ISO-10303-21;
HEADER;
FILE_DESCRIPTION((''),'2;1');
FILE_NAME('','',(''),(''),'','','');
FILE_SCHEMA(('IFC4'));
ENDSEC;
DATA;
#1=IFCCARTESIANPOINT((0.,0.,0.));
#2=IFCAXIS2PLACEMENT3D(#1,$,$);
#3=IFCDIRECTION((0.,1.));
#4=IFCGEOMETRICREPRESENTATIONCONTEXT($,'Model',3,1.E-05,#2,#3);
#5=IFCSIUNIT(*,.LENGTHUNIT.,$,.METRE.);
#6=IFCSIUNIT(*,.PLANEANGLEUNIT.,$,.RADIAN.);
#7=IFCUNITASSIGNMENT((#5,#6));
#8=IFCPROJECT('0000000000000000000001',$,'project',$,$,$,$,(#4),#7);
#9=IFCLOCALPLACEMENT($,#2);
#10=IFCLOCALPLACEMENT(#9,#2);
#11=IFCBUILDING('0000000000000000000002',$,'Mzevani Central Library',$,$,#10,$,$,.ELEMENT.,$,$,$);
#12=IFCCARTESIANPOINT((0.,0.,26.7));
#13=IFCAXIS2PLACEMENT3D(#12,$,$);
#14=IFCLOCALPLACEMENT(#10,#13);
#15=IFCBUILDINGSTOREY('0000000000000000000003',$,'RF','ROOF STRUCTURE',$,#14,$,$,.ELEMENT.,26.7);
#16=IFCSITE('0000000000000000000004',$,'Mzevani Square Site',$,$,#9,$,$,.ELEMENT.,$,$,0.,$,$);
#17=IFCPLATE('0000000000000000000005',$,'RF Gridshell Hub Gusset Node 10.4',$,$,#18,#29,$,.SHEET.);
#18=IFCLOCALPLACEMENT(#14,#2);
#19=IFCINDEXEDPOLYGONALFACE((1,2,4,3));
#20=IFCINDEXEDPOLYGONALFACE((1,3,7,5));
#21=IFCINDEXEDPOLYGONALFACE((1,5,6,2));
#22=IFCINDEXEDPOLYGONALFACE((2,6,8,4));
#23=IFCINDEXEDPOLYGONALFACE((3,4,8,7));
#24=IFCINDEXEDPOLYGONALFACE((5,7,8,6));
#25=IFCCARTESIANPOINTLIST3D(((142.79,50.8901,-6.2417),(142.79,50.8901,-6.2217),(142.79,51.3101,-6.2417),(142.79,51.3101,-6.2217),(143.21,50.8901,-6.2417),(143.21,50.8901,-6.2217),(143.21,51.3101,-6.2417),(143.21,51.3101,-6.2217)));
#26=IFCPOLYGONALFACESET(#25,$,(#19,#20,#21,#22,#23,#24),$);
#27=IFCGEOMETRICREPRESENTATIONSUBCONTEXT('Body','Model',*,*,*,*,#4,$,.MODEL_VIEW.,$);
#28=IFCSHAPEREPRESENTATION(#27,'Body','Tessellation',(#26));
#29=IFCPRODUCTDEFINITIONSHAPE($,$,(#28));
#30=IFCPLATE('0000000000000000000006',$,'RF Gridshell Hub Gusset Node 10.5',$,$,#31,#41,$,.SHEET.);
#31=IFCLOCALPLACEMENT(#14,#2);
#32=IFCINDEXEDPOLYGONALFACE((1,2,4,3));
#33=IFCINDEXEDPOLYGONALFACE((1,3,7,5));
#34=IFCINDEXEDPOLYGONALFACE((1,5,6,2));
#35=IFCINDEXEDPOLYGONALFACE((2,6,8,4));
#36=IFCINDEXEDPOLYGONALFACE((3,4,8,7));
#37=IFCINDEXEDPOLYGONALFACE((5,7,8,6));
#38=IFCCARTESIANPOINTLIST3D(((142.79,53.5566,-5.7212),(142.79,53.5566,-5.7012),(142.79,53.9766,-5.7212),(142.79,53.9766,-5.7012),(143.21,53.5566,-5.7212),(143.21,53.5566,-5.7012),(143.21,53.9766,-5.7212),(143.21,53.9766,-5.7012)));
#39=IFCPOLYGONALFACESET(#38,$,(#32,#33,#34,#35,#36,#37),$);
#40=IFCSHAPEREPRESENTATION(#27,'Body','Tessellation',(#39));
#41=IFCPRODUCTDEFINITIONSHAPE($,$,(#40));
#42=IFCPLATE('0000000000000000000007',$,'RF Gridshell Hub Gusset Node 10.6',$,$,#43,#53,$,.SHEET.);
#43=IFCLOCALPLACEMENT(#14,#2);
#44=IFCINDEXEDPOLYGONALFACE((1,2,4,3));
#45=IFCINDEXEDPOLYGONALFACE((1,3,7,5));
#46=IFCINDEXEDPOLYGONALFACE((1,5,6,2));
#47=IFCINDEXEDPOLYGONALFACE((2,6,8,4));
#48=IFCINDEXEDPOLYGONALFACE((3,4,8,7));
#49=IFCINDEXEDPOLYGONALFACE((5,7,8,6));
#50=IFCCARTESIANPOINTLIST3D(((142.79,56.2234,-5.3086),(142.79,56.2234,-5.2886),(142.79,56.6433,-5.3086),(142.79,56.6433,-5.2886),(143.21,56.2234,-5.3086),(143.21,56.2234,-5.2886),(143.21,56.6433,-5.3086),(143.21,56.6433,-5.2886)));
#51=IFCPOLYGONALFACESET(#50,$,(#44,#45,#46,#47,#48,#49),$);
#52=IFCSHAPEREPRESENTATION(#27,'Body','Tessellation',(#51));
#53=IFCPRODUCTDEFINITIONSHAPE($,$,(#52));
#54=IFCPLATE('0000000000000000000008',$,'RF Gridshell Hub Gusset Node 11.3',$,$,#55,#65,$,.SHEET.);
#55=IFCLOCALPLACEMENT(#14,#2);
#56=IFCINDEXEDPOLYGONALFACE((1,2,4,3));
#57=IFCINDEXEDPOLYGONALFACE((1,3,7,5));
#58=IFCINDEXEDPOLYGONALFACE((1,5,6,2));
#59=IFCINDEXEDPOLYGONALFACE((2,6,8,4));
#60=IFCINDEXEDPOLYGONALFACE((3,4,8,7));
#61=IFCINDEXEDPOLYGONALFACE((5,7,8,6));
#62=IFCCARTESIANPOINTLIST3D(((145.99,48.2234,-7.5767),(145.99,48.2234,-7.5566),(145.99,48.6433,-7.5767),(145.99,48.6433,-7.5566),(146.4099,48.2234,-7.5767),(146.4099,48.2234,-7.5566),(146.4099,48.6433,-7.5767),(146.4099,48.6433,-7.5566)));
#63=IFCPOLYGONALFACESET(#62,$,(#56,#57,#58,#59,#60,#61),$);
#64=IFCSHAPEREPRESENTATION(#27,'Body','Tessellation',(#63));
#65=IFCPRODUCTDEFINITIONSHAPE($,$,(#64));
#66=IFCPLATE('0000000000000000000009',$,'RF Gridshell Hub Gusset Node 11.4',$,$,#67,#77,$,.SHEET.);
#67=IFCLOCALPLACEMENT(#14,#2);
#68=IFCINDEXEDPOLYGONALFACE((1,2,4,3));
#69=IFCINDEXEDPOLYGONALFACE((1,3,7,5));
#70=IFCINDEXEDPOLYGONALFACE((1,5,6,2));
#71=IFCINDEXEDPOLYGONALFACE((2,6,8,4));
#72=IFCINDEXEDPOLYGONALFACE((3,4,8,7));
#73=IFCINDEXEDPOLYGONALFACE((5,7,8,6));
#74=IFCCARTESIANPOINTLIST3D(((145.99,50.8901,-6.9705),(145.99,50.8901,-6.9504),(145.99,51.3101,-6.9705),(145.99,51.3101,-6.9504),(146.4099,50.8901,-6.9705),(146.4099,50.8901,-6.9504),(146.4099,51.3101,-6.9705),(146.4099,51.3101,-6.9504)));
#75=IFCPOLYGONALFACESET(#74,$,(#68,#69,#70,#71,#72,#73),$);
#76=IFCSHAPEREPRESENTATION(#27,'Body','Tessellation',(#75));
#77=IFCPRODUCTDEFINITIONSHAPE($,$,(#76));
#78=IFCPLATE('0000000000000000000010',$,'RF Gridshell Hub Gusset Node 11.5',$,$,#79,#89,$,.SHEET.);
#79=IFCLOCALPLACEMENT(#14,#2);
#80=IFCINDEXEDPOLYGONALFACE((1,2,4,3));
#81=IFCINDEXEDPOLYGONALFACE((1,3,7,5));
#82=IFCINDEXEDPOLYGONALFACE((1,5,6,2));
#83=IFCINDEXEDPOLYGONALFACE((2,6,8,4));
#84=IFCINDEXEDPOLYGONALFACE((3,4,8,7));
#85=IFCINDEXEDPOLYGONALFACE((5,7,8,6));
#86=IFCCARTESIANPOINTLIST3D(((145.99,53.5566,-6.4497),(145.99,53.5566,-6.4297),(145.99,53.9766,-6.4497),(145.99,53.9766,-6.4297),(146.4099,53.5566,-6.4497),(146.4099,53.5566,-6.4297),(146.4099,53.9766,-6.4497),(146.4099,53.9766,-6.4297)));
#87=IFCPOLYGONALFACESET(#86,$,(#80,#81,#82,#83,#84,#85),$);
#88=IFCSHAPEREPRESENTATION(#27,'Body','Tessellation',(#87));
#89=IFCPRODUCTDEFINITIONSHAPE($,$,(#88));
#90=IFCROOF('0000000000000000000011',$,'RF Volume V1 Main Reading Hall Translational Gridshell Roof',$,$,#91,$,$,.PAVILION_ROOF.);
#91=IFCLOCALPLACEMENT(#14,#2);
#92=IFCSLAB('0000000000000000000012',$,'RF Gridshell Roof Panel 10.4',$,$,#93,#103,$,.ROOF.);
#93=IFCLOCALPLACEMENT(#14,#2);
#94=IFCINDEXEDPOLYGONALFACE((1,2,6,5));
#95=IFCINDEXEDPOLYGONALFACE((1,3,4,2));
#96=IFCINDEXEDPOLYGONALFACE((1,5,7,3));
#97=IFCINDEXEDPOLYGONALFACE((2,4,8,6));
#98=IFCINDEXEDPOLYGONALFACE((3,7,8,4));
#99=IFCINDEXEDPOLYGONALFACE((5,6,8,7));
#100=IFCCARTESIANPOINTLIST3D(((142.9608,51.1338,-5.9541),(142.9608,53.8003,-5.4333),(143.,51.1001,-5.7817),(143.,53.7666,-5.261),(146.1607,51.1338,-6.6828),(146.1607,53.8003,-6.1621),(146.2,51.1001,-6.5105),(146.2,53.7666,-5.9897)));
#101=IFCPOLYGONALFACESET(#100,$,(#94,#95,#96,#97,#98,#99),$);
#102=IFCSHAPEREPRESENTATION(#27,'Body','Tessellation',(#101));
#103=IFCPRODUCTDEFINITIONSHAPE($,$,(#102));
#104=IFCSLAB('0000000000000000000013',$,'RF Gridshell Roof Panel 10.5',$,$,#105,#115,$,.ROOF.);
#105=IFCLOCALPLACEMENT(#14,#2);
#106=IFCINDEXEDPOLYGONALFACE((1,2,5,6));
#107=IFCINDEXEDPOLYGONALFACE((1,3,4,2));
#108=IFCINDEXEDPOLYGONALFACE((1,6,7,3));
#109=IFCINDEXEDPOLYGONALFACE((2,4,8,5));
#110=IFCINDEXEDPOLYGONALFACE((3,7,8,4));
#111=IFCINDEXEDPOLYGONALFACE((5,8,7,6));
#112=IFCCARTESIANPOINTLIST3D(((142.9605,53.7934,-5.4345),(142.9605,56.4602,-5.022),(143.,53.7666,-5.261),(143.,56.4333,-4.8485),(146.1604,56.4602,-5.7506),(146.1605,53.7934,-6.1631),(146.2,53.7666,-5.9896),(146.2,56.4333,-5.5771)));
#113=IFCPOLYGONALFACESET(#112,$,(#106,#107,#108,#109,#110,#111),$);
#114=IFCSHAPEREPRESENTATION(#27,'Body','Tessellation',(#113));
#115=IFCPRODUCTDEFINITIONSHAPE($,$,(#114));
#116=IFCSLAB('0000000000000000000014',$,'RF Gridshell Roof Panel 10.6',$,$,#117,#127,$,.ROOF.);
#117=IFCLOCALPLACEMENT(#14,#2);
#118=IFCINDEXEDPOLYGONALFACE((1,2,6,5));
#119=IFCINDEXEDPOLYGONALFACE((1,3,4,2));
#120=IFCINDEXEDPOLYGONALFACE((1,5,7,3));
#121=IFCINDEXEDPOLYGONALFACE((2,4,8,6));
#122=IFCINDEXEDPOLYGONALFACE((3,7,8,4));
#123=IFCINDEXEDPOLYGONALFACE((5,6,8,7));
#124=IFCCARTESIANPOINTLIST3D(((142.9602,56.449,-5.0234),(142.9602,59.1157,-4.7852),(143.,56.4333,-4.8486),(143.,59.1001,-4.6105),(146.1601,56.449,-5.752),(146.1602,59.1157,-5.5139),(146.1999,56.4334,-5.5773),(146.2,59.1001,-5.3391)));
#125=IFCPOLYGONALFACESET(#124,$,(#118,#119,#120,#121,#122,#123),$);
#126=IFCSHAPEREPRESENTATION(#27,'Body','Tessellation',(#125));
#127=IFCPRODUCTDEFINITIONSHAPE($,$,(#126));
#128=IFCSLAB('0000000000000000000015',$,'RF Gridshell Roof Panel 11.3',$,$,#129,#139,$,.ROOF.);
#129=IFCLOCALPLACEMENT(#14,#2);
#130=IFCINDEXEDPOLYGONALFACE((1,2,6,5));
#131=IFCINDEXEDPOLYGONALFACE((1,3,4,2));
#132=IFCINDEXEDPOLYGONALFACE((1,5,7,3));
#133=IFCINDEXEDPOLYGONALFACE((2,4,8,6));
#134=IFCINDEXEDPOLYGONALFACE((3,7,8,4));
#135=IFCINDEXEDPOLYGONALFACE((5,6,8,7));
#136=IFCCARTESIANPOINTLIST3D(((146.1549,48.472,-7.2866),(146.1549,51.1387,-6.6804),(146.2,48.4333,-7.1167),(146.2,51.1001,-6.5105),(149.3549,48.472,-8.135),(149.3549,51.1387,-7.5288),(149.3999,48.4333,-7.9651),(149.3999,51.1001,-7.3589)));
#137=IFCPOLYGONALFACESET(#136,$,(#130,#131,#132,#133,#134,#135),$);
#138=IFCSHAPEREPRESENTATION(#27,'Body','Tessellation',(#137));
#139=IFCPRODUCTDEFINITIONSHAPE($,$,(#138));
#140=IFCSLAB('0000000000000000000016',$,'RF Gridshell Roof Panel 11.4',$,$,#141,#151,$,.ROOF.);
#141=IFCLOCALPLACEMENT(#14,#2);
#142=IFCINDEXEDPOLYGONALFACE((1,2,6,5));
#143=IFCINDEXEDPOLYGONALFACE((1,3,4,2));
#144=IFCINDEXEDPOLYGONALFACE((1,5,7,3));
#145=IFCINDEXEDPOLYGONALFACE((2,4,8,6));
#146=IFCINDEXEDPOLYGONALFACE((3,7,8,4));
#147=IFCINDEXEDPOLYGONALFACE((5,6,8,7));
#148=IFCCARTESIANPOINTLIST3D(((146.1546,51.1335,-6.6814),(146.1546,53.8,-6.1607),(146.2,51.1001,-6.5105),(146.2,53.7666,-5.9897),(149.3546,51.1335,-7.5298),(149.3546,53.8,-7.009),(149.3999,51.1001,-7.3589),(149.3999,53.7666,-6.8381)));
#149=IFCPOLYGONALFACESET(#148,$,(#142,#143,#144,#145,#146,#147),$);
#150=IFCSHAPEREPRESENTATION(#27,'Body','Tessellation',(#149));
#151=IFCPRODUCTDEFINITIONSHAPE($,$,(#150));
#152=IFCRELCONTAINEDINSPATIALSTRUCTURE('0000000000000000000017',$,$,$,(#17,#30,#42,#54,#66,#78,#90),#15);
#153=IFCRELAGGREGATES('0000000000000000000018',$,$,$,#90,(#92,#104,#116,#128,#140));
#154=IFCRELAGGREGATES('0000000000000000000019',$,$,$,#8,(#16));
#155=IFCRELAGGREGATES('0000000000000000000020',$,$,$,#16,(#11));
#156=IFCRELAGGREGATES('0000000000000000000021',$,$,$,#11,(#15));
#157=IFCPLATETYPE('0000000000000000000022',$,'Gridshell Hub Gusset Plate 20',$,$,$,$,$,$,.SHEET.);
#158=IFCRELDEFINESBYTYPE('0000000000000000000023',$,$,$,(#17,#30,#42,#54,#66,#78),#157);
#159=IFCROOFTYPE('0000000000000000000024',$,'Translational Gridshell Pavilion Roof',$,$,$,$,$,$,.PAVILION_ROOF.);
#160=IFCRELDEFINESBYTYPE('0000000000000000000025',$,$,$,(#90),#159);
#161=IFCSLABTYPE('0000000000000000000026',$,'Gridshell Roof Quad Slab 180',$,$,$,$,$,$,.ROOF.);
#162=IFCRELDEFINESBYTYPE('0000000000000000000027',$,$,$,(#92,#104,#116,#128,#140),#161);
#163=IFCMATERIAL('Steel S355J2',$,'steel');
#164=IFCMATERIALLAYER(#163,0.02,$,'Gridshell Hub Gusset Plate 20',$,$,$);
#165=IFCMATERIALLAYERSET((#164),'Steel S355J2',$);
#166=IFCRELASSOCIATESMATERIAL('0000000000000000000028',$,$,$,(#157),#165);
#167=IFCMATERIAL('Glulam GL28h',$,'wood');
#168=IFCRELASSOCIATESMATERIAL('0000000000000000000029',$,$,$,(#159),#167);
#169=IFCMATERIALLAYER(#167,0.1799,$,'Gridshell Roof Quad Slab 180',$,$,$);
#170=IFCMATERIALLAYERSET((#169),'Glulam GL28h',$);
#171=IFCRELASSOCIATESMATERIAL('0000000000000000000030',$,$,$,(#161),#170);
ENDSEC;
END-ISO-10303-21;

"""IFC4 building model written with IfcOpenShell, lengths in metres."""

from ifc_helpers import new_model, si_unit, direction, frame, origin, origin_2d, place, context, subcontext, project, spatial, polyline, rectangle, outline, extrude, material, layer, layer_set, type_object, element, aggregate, save


model = new_model("IFC4")

# Units and contexts
model_context = context("Model", 3, precision=1e-05, world=origin(), true_north=direction((0.0, 1.0)))
body_context = subcontext(model_context, "Body", "Model", "MODEL_VIEW")
ifc_project = project(units=[si_unit("LENGTHUNIT", "METRE"), si_unit("PLANEANGLEUNIT", "RADIAN")], contexts=[model_context])

# Site, building, storey
site_placement = place(None, origin())
site = spatial("IfcSite", under=ifc_project, at=site_placement, Name="Mzevani Square Site", CompositionType="ELEMENT", RefElevation=0.0)
building_placement = place(site_placement, origin())
building = spatial("IfcBuilding", under=site, at=building_placement, Name="Mzevani Central Library", CompositionType="ELEMENT")
storey_placement = place(building_placement, frame((0.0, 0.0, 26.7)))
storey = spatial("IfcBuildingStorey", under=building, at=storey_placement, Name="RF", Description="ROOF STRUCTURE", CompositionType="ELEMENT", Elevation=26.7)

# Shared definitions
ifc_material_1 = material(Name="Steel S355J2", Category="steel")
ifc_material_2 = material(Name="Glulam GL28h", Category="wood")

# Plates
ifc_layer_1 = layer(ifc_material_1, 0.02, Name="Gridshell Hub Gusset Plate 20")
ifc_layer_set_1 = layer_set([ifc_layer_1], Name="Steel S355J2")
plate_type = type_object("IfcPlateType", Name="Gridshell Hub Gusset Plate 20", PredefinedType="SHEET", material=ifc_layer_set_1)
for number, where, z_axis, x_axis, name in (
    (1, (143.0, 51.1001, -6.2417), (0.0, 0.0, 1.0), (1.0, 0.0, 0.0), "RF Gridshell Hub Gusset Node 10.4"),
    (2, (143.0, 53.7666, -5.7212), (0.0, 0.0, 1.0), (1.0, 0.0, 0.0), "RF Gridshell Hub Gusset Node 10.5"),
    (3, (143.0, 56.4333, -5.3086), (0.0, 0.0, 1.0), (1.0, 0.0, 0.0), "RF Gridshell Hub Gusset Node 10.6"),
    (4, (146.2, 48.4333, -7.5767), (0.0, 0.0, 1.0), (1.0, 0.0, 0.0), "RF Gridshell Hub Gusset Node 11.3"),
    (5, (146.2, 51.1001, -6.9705), (0.0, 0.0, 1.0), (1.0, 0.0, 0.0), "RF Gridshell Hub Gusset Node 11.4"),
    (6, (146.2, 53.7666, -6.4497), (0.0, 0.0, 1.0), (1.0, 0.0, 0.0), "RF Gridshell Hub Gusset Node 11.5"),
):
    element("IfcPlate", number, at=place(storey_placement, frame(where, z_axis=z_axis, x_axis=x_axis)), inside=storey, type_object=plate_type, Name=name, PredefinedType="SHEET", context=body_context, shape_type="SweptSolid", body=[
        extrude(rectangle(XDim=0.4199, YDim=0.4199, at=origin_2d()), origin(), (0.0, 0.0, 1.0), 0.02),
    ])

# Roof, slabs
roof_type = type_object("IfcRoofType", Name="Translational Gridshell Pavilion Roof", PredefinedType="PAVILION_ROOF", material=ifc_material_2)
roof_placement = place(storey_placement, origin())
roof = element("IfcRoof", 7, at=roof_placement, inside=storey, type_object=roof_type, Name="RF Volume V1 Main Reading Hall Translational Gridshell Roof", PredefinedType="PAVILION_ROOF")
ifc_layer_2 = layer(ifc_material_2, 0.1799, Name="Gridshell Roof Quad Slab 180")
ifc_layer_set_2 = layer_set([ifc_layer_2], Name="Glulam GL28h")
slab_type = type_object("IfcSlabType", Name="Gridshell Roof Quad Slab 180", PredefinedType="ROOF", material=ifc_layer_set_2)
slab_1_placement = place(storey_placement, frame((143.0, 51.1001, -5.7817), z_axis=(0.218136, -0.187057, 0.957824), x_axis=(0.975034, 0.0, -0.222055)))
slab_1 = element("IfcSlab", 8, at=slab_1_placement, type_object=slab_type, Name="RF Gridshell Roof Panel 10.4", PredefinedType="ROOF", context=body_context, shape_type="SweptSolid", body=[
    extrude(outline(polyline([(0.0, 0.0), (3.2819, 0.0), (3.1663, 2.7144), (-0.1156, 2.7144), (0.0, 0.0)])), origin(), (0.0, 0.0, -1.0), 0.1799),
])
slab_2_placement = place(storey_placement, frame((143.0, 53.7666, -5.261), z_axis=(0.219537, -0.149127, 0.964139), x_axis=(0.975042, -0.000005, -0.222021)))
slab_2 = element("IfcSlab", 9, at=slab_2_placement, type_object=slab_type, Name="RF Gridshell Roof Panel 10.5", PredefinedType="ROOF", context=body_context, shape_type="SweptSolid", body=[
    extrude(outline(polyline([(0.0, 0.0), (3.2819, 0.0), (3.1903, 2.6969), (-0.0916, 2.6969), (0.0, 0.0)])), origin(), (0.0, 0.0, -1.0), 0.1799),
])
slab_3_placement = place(storey_placement, frame((143.0, 56.4333, -4.8486), z_axis=(0.221183, -0.08675, 0.971366), x_axis=(0.975042, 0.000003, -0.22202)))
slab_3 = element("IfcSlab", 10, at=slab_3_placement, type_object=slab_type, Name="RF Gridshell Roof Panel 10.6", PredefinedType="ROOF", context=body_context, shape_type="SweptSolid", body=[
    extrude(outline(polyline([(0.0, 0.0), (3.2818, 0.0), (3.229, 2.6768), (-0.0529, 2.6768), (0.0, 0.0)])), origin(), (0.0, 0.0, -1.0), 0.1799),
])
slab_4_placement = place(storey_placement, frame((146.2, 48.4333, -7.1167), z_axis=(0.250301, -0.214608, 0.944083), x_axis=(0.966605, 0.0, -0.256272)))
slab_4 = element("IfcSlab", 11, at=slab_4_placement, type_object=slab_type, Name="RF Gridshell Roof Panel 11.3", PredefinedType="ROOF", context=body_context, shape_type="SweptSolid", body=[
    extrude(outline(polyline([(0.0, 0.0), (3.3105, 0.0), (3.1552, 2.7304), (-0.1554, 2.7304), (0.0, 0.0)])), origin(), (0.0, 0.0, -1.0), 0.1799),
])
slab_5_placement = place(storey_placement, frame((146.2, 51.1001, -6.5105), z_axis=(0.251824, -0.185496, 0.949829), x_axis=(0.966605, 0.0, -0.256272)))
slab_5 = element("IfcSlab", 12, at=slab_5_placement, type_object=slab_type, Name="RF Gridshell Roof Panel 11.4", PredefinedType="ROOF", context=body_context, shape_type="SweptSolid", body=[
    extrude(outline(polyline([(0.0, 0.0), (3.3105, 0.0), (3.1771, 2.7136), (-0.1335, 2.7136), (0.0, 0.0)])), origin(), (0.0, 0.0, -1.0), 0.1799),
])
aggregate(roof, [slab_1, slab_2, slab_3, slab_4, slab_5])

save(model, "model.ifc")
